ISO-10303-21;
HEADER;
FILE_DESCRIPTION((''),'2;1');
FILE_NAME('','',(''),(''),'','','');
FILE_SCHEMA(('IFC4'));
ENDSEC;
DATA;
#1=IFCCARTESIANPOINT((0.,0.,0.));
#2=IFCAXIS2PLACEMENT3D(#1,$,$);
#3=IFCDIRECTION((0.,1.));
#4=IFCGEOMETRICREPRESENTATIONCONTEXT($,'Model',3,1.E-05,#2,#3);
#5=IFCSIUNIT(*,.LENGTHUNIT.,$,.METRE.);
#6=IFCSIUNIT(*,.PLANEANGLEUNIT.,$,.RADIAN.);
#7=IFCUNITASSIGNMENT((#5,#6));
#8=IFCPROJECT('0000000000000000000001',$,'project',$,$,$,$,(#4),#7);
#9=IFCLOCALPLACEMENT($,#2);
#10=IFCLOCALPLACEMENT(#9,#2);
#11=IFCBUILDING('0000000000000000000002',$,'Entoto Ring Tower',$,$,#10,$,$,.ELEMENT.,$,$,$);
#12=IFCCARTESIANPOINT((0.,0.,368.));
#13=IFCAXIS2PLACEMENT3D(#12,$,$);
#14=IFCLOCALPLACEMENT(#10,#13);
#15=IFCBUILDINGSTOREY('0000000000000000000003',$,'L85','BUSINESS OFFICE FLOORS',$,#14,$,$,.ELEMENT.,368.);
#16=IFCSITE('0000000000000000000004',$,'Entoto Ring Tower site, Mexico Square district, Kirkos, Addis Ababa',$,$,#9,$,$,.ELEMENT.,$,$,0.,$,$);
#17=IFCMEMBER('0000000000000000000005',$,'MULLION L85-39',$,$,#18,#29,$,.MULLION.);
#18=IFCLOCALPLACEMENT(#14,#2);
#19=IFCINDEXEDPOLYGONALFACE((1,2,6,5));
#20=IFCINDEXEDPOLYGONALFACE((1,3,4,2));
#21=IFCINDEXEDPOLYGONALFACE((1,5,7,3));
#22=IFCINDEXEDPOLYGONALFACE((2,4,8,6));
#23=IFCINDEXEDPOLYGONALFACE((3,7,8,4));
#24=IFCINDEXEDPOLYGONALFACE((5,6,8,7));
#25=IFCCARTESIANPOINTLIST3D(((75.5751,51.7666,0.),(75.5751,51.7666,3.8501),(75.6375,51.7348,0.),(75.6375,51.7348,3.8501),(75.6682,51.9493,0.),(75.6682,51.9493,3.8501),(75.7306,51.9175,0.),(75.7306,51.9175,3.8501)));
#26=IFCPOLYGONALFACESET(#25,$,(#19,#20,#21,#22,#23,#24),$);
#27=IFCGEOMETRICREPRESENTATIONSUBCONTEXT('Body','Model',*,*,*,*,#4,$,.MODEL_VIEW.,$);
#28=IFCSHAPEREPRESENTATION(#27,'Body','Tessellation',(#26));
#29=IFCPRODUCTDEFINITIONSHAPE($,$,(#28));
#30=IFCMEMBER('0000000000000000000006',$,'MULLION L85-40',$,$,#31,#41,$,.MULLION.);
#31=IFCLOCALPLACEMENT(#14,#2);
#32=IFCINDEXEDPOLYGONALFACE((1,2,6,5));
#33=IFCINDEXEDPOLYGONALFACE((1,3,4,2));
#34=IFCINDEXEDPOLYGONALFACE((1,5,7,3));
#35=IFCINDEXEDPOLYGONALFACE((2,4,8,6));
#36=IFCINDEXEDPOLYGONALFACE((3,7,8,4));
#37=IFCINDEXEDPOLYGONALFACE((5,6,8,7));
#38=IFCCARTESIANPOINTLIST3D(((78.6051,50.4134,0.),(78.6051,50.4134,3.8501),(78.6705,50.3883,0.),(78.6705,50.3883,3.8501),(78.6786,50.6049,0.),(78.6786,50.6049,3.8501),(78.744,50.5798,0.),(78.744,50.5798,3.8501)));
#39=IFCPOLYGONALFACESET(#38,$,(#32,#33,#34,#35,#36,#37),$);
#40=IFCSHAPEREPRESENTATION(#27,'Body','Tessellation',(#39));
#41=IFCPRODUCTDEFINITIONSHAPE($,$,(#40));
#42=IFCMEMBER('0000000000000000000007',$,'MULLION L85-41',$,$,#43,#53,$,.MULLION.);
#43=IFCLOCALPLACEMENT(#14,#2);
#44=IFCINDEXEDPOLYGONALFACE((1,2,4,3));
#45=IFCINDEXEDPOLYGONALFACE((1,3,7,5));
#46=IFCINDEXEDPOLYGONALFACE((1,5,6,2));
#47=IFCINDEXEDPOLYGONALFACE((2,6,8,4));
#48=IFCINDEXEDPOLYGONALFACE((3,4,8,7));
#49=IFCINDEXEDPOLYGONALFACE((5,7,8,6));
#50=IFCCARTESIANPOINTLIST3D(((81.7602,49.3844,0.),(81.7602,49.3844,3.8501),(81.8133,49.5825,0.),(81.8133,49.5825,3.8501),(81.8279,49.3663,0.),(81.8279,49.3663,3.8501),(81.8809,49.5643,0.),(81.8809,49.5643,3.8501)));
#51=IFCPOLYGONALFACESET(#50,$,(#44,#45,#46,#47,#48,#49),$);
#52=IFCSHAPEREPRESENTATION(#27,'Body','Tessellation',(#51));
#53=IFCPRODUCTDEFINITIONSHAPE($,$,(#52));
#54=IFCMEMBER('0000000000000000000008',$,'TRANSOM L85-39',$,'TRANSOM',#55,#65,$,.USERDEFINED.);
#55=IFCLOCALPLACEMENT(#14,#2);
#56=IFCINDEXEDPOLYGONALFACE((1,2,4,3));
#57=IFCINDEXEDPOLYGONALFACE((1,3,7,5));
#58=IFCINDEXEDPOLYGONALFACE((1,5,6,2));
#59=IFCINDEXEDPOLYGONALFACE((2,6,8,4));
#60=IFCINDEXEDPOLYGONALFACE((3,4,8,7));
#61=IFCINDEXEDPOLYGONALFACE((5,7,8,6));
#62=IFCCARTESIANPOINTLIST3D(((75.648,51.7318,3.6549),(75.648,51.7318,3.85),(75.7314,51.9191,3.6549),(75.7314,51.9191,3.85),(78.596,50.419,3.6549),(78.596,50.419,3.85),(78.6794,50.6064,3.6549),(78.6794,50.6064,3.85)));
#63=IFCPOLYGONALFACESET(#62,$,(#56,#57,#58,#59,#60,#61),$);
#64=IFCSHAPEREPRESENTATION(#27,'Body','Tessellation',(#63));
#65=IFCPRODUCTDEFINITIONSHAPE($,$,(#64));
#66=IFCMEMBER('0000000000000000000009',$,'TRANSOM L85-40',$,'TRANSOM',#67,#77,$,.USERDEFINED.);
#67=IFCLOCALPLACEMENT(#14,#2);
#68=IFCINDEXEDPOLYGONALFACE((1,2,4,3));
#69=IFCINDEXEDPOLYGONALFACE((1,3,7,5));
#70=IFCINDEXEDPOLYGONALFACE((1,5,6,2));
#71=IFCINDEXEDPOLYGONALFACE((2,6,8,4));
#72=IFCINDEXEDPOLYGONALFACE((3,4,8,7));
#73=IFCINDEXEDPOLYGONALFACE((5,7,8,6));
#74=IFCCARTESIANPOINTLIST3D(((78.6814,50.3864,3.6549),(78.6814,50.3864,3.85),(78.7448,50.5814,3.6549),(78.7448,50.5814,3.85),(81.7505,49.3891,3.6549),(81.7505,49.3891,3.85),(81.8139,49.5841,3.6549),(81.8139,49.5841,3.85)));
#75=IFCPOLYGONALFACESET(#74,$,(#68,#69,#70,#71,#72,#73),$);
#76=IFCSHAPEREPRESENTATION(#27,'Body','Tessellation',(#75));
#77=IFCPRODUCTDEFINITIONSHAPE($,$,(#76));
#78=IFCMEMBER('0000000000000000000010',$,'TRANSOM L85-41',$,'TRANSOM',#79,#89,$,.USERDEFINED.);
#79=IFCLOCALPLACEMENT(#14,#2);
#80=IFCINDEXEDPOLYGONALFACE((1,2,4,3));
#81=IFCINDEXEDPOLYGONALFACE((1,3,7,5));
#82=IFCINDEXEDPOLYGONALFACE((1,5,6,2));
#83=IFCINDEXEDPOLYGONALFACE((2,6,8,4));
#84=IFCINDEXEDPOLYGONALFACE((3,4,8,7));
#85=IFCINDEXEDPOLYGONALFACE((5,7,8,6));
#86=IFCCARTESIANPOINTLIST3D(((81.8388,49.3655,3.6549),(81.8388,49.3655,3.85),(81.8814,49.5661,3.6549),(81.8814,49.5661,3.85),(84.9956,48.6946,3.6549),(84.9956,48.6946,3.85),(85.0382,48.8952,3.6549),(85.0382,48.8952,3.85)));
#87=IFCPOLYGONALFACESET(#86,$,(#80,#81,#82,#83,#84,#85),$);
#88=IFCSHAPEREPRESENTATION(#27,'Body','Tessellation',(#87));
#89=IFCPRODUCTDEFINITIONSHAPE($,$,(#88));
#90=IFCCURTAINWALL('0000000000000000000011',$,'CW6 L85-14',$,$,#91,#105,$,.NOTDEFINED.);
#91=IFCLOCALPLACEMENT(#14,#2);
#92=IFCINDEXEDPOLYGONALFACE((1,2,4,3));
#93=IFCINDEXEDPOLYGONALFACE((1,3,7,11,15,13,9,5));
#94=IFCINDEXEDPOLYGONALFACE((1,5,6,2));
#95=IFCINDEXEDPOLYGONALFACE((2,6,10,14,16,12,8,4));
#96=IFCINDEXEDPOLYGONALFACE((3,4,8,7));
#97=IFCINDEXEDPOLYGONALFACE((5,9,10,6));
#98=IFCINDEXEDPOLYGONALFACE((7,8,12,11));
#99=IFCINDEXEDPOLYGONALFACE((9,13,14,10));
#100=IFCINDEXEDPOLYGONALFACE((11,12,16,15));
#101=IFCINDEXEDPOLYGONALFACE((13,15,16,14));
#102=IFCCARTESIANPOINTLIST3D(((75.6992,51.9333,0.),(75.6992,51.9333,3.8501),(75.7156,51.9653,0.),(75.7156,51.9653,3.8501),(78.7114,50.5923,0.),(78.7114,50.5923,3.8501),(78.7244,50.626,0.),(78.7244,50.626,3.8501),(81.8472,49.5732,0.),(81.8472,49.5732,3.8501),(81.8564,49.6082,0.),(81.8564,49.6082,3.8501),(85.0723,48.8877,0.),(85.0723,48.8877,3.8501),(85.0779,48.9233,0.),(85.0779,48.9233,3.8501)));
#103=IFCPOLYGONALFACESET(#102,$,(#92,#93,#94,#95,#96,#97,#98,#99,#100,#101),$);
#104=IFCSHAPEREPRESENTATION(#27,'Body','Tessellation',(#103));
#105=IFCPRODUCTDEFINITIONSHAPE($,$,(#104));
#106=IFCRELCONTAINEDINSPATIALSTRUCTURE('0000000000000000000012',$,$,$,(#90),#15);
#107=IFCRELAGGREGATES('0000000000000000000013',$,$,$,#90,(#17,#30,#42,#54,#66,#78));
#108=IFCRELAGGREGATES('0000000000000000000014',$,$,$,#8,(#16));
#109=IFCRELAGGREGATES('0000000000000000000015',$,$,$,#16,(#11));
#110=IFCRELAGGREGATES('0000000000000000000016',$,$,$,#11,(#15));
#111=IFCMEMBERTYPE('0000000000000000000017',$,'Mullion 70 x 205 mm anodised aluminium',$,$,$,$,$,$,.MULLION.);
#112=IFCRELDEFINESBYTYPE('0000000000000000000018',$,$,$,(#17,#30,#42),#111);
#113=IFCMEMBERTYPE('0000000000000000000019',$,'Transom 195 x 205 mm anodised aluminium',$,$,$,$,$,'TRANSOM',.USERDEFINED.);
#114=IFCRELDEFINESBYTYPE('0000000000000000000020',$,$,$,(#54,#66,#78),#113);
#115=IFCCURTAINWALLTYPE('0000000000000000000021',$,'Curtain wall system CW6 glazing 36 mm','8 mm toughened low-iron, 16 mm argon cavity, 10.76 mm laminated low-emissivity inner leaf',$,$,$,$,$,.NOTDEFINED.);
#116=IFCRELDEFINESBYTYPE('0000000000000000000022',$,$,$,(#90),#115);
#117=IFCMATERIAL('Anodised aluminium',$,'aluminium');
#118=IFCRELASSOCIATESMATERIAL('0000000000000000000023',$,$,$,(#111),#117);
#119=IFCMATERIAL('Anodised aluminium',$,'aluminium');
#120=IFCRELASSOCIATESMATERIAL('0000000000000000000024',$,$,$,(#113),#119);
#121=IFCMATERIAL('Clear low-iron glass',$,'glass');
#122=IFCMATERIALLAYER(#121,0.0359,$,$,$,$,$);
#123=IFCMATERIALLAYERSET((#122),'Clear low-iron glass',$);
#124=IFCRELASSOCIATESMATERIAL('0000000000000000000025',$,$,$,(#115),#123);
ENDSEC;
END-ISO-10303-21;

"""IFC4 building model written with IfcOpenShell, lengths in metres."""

from ifc_helpers import new_model, si_unit, direction, frame, origin, origin_2d, place, context, subcontext, project, spatial, polyline, rectangle, outline, extrude, material, layer, layer_set, material_profile, profile_set, type_object, element, aggregate, save


model = new_model("IFC4")

# Units and contexts
model_context = context("Model", 3, precision=1e-05, world=origin(), true_north=direction((0.0, 1.0)))
body_context = subcontext(model_context, "Body", "Model", "MODEL_VIEW")
ifc_project = project(units=[si_unit("LENGTHUNIT", "METRE"), si_unit("PLANEANGLEUNIT", "RADIAN")], contexts=[model_context])

# Members
ifc_material_1 = material(Name="Anodised aluminium", Category="aluminium")
ifc_material_profile_1 = material_profile(ifc_material_1, rectangle(XDim=0.0701, YDim=0.2051, at=origin_2d()), Name="Mullion 70 x 205 mm anodised aluminium")
ifc_profile_set_1 = profile_set([ifc_material_profile_1], Name="Anodised aluminium")
member_type_1 = type_object("IfcMemberType", Name="Mullion 70 x 205 mm anodised aluminium", PredefinedType="MULLION", material=ifc_profile_set_1)
site_placement = place(None, origin())
building_placement = place(site_placement, origin())
storey_placement = place(building_placement, frame((0.0, 0.0, 368.0)))
member_1_placement = place(storey_placement, frame((75.6528, 51.842, 0.0), z_axis=(0.0, 0.0, 1.0), x_axis=(0.891007, -0.45399, 0.0)))
member_1 = element("IfcMember", 1, at=member_1_placement, type_object=member_type_1, Name="MULLION L85-39", PredefinedType="MULLION", context=body_context, shape_type="SweptSolid", body=[
    extrude(rectangle(XDim=0.0701, YDim=0.2051, at=origin_2d()), origin(), (0.0, 0.0, 1.0), 3.8501),
])
member_2_placement = place(storey_placement, frame((78.6746, 50.4966, 0.0), z_axis=(0.0, 0.0, 1.0), x_axis=(0.93358, -0.358368, 0.0)))
member_2 = element("IfcMember", 2, at=member_2_placement, type_object=member_type_1, Name="MULLION L85-40", PredefinedType="MULLION", context=body_context, shape_type="SweptSolid", body=[
    extrude(rectangle(XDim=0.0701, YDim=0.2051, at=origin_2d()), origin(), (0.0, 0.0, 1.0), 3.8501),
])
member_3_placement = place(storey_placement, frame((81.8206, 49.4744, 0.0), z_axis=(0.0, 0.0, 1.0), x_axis=(0.965926, -0.258819, 0.0)))
member_3 = element("IfcMember", 3, at=member_3_placement, type_object=member_type_1, Name="MULLION L85-41", PredefinedType="MULLION", context=body_context, shape_type="SweptSolid", body=[
    extrude(rectangle(XDim=0.0701, YDim=0.2051, at=origin_2d()), origin(), (0.0, 0.0, 1.0), 3.8501),
])
ifc_material_2 = material(Name="Anodised aluminium", Category="aluminium")
ifc_material_profile_2 = material_profile(ifc_material_2, rectangle(XDim=0.2051, YDim=0.1951, at=origin_2d()), Name="Transom 195 x 205 mm anodised aluminium")
ifc_profile_set_2 = profile_set([ifc_material_profile_2], Name="Anodised aluminium")
member_type_2 = type_object("IfcMemberType", Name="Transom 195 x 205 mm anodised aluminium", ElementType="TRANSOM", PredefinedType="USERDEFINED", material=ifc_profile_set_2)
member_4_placement = place(storey_placement, frame((75.6897, 51.8254, 3.7524), z_axis=(0.913521, -0.406791, 0.0), x_axis=(0.406791, 0.913521, 0.0)))
member_4 = element("IfcMember", 4, at=member_4_placement, type_object=member_type_2, Name="TRANSOM L85-39", ObjectType="TRANSOM", PredefinedType="USERDEFINED", context=body_context, shape_type="SweptSolid", body=[
    extrude(rectangle(XDim=0.2051, YDim=0.1951, at=origin_2d()), origin(), (0.0, 0.0, 1.0), 3.2271),
])
member_5_placement = place(storey_placement, frame((78.7131, 50.4839, 3.7524), z_axis=(0.951047, -0.309047, 0.0), x_axis=(0.309047, 0.951047, 0.0)))
member_5 = element("IfcMember", 5, at=member_5_placement, type_object=member_type_2, Name="TRANSOM L85-40", ObjectType="TRANSOM", PredefinedType="USERDEFINED", context=body_context, shape_type="SweptSolid", body=[
    extrude(rectangle(XDim=0.2051, YDim=0.1951, at=origin_2d()), origin(), (0.0, 0.0, 1.0), 3.2271),
])
member_6_placement = place(storey_placement, frame((81.8601, 49.4658, 3.7524), z_axis=(0.978153, -0.207886, 0.0), x_axis=(0.207886, 0.978153, 0.0)))
member_6 = element("IfcMember", 6, at=member_6_placement, type_object=member_type_2, Name="TRANSOM L85-41", ObjectType="TRANSOM", PredefinedType="USERDEFINED", context=body_context, shape_type="SweptSolid", body=[
    extrude(rectangle(XDim=0.2051, YDim=0.1951, at=origin_2d()), origin(), (0.0, 0.0, 1.0), 3.2273),
])

# Site, building, storey
site = spatial("IfcSite", under=ifc_project, at=site_placement, Name="Entoto Ring Tower site, Mexico Square district, Kirkos, Addis Ababa", CompositionType="ELEMENT", RefElevation=0.0)
building = spatial("IfcBuilding", under=site, at=building_placement, Name="Entoto Ring Tower", CompositionType="ELEMENT")
storey = spatial("IfcBuildingStorey", under=building, at=storey_placement, Name="L85", Description="BUSINESS OFFICE FLOORS", CompositionType="ELEMENT", Elevation=368.0)

# Curtain wall
ifc_material_3 = material(Name="Clear low-iron glass", Category="glass")
ifc_layer = layer(ifc_material_3, 0.0359)
ifc_layer_set = layer_set([ifc_layer], Name="Clear low-iron glass")
curtain_wall_type = type_object("IfcCurtainWallType", Name="Curtain wall system CW6 glazing 36 mm", Description="8 mm toughened low-iron, 16 mm argon cavity, 10.76 mm laminated low-emissivity inner leaf", PredefinedType="NOTDEFINED", material=ifc_layer_set)
curtain_wall_1_placement = place(storey_placement, origin())
curtain_wall_1 = element("IfcCurtainWall", 7, at=curtain_wall_1_placement, inside=storey, type_object=curtain_wall_type, Name="CW6 L85-14", PredefinedType="NOTDEFINED", context=body_context, shape_type="SweptSolid", body=[
    extrude(outline(polyline([(75.6992, 51.9333), (78.7114, 50.5923), (81.8472, 49.5732), (85.0723, 48.8877), (85.0779, 48.9233), (81.8564, 49.6082), (78.7244, 50.626), (75.7156, 51.9653), (75.6992, 51.9333)])), origin(), (0.0, 0.0, 1.0), 3.8501),
])
aggregate(curtain_wall_1, [member_1, member_2, member_3, member_4, member_5, member_6])

save(model, "model.ifc")
